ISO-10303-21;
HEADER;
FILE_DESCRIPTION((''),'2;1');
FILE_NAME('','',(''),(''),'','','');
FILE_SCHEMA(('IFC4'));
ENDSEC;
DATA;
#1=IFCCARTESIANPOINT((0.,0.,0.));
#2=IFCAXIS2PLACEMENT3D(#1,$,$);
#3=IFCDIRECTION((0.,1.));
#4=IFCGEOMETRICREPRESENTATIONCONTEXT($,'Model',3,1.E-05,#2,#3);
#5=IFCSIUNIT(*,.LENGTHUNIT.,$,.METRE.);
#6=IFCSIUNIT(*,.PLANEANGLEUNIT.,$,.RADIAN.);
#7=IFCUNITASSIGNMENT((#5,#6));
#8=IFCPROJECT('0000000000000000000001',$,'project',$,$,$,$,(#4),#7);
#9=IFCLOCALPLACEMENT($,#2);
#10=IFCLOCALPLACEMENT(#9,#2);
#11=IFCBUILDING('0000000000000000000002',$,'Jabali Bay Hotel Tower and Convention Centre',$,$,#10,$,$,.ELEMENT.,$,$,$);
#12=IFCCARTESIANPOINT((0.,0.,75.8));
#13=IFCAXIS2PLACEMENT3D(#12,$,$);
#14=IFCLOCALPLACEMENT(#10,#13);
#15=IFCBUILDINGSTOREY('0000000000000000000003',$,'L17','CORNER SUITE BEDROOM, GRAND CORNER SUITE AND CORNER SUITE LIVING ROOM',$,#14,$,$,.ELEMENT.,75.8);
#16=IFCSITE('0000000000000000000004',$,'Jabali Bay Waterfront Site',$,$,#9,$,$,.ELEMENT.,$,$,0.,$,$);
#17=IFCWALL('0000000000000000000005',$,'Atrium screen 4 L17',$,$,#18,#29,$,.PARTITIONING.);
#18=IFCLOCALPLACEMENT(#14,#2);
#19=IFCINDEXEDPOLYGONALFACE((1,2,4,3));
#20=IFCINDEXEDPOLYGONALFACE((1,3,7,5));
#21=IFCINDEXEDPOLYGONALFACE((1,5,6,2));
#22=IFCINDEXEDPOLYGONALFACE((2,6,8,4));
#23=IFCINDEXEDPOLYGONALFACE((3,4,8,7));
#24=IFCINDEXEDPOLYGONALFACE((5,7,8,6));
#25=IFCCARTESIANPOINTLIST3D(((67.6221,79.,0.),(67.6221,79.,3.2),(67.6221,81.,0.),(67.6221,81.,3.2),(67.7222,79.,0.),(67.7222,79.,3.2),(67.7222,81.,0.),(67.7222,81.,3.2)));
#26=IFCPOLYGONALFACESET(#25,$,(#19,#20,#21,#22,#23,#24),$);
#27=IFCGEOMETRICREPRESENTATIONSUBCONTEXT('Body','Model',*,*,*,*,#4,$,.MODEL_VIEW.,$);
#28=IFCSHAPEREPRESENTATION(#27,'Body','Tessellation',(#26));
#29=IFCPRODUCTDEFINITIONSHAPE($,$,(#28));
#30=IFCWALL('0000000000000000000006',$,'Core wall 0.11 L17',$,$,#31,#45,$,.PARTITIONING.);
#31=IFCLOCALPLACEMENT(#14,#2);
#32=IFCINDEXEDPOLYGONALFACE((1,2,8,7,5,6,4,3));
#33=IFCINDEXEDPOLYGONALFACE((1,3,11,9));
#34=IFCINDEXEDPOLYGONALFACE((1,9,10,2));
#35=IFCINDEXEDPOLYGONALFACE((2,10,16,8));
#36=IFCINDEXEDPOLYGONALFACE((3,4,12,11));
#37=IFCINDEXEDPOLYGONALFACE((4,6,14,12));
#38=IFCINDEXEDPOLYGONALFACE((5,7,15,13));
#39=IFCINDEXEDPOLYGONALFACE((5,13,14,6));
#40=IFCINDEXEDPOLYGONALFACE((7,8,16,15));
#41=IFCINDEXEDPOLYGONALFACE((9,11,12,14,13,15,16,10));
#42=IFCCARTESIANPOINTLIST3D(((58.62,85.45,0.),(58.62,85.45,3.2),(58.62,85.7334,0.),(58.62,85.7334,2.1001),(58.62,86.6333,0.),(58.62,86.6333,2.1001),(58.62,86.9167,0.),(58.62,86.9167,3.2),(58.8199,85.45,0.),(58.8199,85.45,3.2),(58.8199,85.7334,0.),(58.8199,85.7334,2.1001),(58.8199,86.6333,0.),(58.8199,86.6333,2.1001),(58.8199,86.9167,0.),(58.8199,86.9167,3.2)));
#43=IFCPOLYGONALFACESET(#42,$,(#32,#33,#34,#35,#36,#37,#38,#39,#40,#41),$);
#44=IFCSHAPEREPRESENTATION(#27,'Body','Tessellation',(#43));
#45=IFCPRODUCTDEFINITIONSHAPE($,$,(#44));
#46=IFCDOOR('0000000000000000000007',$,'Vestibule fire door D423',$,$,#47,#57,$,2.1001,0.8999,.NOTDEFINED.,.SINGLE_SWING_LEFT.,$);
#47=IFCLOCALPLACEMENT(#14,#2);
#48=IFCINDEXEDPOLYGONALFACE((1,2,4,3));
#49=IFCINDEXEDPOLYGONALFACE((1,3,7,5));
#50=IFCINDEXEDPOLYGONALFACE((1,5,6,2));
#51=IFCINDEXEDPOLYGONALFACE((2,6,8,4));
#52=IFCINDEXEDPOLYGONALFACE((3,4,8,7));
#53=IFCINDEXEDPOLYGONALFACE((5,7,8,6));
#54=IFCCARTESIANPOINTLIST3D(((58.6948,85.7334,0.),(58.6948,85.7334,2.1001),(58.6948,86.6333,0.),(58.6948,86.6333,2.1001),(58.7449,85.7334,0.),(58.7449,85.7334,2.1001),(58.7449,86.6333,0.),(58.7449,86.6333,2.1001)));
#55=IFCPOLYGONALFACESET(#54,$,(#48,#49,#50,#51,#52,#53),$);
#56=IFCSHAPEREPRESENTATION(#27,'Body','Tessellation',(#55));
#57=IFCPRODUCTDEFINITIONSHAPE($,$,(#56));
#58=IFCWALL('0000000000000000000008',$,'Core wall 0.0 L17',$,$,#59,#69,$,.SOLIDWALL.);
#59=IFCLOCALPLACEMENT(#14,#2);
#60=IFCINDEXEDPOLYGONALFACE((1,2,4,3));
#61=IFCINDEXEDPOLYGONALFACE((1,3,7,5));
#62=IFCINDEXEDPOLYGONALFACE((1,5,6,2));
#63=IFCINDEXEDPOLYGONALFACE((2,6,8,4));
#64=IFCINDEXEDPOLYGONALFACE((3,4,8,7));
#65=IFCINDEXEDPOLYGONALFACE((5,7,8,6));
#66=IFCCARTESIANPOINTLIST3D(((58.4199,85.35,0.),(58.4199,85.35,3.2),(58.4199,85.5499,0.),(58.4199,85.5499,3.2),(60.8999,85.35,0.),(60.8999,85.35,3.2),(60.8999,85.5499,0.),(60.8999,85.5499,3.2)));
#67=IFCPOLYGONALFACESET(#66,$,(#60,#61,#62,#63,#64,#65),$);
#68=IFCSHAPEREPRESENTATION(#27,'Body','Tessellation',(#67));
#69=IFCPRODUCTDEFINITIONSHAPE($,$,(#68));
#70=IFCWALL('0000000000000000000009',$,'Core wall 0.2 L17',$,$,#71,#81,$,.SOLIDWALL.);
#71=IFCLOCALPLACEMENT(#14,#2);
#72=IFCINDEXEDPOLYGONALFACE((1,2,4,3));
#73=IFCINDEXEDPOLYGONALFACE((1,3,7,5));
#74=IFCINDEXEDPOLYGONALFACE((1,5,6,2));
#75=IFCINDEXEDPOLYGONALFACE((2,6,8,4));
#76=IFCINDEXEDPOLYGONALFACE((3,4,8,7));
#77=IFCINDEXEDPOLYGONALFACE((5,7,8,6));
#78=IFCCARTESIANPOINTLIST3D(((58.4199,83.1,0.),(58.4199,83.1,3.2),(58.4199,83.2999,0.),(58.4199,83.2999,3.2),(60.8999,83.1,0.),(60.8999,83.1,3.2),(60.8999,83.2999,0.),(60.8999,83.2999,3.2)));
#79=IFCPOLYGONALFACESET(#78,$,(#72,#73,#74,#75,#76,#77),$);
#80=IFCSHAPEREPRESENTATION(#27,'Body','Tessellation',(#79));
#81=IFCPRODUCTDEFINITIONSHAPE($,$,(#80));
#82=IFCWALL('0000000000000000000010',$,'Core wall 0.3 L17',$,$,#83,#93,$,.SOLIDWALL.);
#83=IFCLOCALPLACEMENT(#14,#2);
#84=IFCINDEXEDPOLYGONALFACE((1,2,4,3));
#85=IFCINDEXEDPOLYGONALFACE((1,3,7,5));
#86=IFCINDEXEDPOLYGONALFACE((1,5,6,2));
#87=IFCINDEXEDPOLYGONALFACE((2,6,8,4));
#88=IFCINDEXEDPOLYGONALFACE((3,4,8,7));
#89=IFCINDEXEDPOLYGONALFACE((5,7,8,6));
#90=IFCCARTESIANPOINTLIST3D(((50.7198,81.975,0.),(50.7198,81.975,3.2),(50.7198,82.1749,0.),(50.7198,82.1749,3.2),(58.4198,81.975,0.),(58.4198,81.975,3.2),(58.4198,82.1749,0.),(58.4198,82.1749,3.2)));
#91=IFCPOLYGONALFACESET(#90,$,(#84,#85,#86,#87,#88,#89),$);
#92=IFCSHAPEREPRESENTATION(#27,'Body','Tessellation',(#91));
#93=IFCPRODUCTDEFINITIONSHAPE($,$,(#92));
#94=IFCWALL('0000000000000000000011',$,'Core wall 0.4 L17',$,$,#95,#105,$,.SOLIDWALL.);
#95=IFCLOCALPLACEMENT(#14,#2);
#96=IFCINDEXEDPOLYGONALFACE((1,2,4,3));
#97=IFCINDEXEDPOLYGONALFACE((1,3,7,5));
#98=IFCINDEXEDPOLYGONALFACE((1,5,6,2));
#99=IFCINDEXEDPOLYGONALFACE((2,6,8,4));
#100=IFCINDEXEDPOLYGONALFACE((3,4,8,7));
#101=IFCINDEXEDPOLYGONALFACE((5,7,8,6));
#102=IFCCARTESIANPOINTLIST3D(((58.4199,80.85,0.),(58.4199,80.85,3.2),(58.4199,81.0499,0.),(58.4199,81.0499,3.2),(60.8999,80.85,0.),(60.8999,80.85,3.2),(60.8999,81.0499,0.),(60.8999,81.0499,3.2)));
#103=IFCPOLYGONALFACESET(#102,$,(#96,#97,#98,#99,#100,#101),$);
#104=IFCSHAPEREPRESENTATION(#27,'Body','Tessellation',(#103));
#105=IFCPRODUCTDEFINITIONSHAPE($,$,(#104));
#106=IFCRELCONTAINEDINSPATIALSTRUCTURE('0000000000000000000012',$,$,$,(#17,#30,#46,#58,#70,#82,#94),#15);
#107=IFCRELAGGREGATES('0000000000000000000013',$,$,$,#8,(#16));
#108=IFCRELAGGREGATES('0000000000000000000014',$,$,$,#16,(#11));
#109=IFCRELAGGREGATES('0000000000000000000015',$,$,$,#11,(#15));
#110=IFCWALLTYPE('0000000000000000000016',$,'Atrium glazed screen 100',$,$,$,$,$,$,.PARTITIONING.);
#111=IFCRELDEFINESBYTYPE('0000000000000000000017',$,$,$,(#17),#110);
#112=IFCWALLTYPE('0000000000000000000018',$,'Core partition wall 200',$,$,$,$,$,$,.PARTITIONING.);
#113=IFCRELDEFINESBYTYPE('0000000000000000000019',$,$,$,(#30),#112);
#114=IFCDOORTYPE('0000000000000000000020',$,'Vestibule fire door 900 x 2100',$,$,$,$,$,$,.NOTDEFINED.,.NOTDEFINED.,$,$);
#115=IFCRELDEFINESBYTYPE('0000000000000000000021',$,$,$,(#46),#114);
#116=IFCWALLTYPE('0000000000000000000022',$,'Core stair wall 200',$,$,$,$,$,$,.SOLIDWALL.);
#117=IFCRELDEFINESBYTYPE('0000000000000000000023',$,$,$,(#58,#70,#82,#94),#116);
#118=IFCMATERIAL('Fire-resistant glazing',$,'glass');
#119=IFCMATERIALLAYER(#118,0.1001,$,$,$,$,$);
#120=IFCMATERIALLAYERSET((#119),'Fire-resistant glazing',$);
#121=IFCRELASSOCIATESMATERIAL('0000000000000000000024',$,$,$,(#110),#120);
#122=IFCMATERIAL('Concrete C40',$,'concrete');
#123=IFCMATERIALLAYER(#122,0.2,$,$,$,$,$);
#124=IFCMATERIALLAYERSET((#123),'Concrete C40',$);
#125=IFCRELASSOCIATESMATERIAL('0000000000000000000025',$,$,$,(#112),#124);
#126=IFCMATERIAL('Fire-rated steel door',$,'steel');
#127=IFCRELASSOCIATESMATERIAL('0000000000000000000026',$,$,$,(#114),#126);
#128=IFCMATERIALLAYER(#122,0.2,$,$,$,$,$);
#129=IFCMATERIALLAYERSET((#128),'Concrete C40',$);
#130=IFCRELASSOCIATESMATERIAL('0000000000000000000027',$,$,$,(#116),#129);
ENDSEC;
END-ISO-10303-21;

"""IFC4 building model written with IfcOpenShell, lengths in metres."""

from ifc_helpers import new_model, si_unit, direction, frame, frame_2d, origin, place, context, subcontext, project, spatial, rectangle, extrude, material, layer, layer_set, type_object, element, fill, save


model = new_model("IFC4")

# Units and contexts
model_context = context("Model", 3, precision=1e-05, world=origin(), true_north=direction((0.0, 1.0)))
body_context = subcontext(model_context, "Body", "Model", "MODEL_VIEW")
ifc_project = project(units=[si_unit("LENGTHUNIT", "METRE"), si_unit("PLANEANGLEUNIT", "RADIAN")], contexts=[model_context])

# Site, building, storey
site_placement = place(None, origin())
site = spatial("IfcSite", under=ifc_project, at=site_placement, Name="Jabali Bay Waterfront Site", CompositionType="ELEMENT", RefElevation=0.0)
building_placement = place(site_placement, origin())
building = spatial("IfcBuilding", under=site, at=building_placement, Name="Jabali Bay Hotel Tower and Convention Centre", CompositionType="ELEMENT")
storey_placement = place(building_placement, frame((0.0, 0.0, 75.8)))
storey = spatial("IfcBuildingStorey", under=building, at=storey_placement, Name="L17", Description="CORNER SUITE BEDROOM, GRAND CORNER SUITE AND CORNER SUITE LIVING ROOM", CompositionType="ELEMENT", Elevation=75.8)

# Wall
ifc_material_1 = material(Name="Fire-resistant glazing", Category="glass")
ifc_layer_1 = layer(ifc_material_1, 0.1001)
ifc_layer_set_1 = layer_set([ifc_layer_1], Name="Fire-resistant glazing")
wall_type_1 = type_object("IfcWallType", Name="Atrium glazed screen 100", PredefinedType="PARTITIONING", material=ifc_layer_set_1)
wall_1_placement = place(storey_placement, frame((67.6721, 81.0, 0.0), z_axis=(0.0, 0.0, 1.0), x_axis=(0.0, -1.0, 0.0)))
element("IfcWall", 1, at=wall_1_placement, inside=storey, type_object=wall_type_1, Name="Atrium screen 4 L17", PredefinedType="PARTITIONING", context=body_context, shape_type="SweptSolid", body=[
    extrude(rectangle(XDim=2.0, YDim=0.1001, at=frame_2d((1.0, 0.0))), origin(), (0.0, 0.0, 1.0), 3.2),
])

# Wall, opening, door
ifc_material_2 = material(Name="Concrete C40", Category="concrete")
ifc_layer_2 = layer(ifc_material_2, 0.2)
ifc_layer_set_2 = layer_set([ifc_layer_2], Name="Concrete C40")
wall_type_2 = type_object("IfcWallType", Name="Core partition wall 200", PredefinedType="PARTITIONING", material=ifc_layer_set_2)
wall_2_placement = place(storey_placement, frame((58.72, 86.9167, 0.0), z_axis=(0.0, 0.0, 1.0), x_axis=(0.0, -1.0, 0.0)))
wall_2 = element("IfcWall", 2, at=wall_2_placement, inside=storey, type_object=wall_type_2, Name="Core wall 0.11 L17", PredefinedType="PARTITIONING", context=body_context, shape_type="SweptSolid", body=[
    extrude(rectangle(XDim=1.4668, YDim=0.2, at=frame_2d((0.7334, 0.0))), origin(), (0.0, 0.0, 1.0), 3.2),
])
opening_1_placement = place(wall_2_placement, frame((0.2834, 0.0, 0.0)))
opening_1 = element("IfcOpeningElement", 3, at=opening_1_placement, cuts=wall_2, PredefinedType="OPENING", context=body_context, shape_type="SweptSolid", body=[
    extrude(rectangle(XDim=0.8999, YDim=2.1001, at=frame_2d((0.45, 1.05))), frame((0.0, 0.1104, 0.0), z_axis=(0.0, -1.0, 0.0), x_axis=(1.0, 0.0, 0.0)), (0.0, 0.0, 1.0), 0.2209),
])
ifc_material_3 = material(Name="Fire-rated steel door", Category="steel")
door_type_1 = type_object("IfcDoorType", Name="Vestibule fire door 900 x 2100", OperationType="NOTDEFINED", PredefinedType="NOTDEFINED", material=ifc_material_3)
door_1_placement = place(opening_1_placement, origin())
door_1 = element("IfcDoor", 4, at=door_1_placement, inside=storey, type_object=door_type_1, Name="Vestibule fire door D423", OperationType="SINGLE_SWING_LEFT", OverallHeight=2.1001, OverallWidth=0.8999, PredefinedType="NOTDEFINED", context=body_context, shape_type="SweptSolid", body=[
    extrude(rectangle(XDim=0.8999, YDim=2.1001, at=frame_2d((0.45, 1.05))), frame((0.0, 0.0249, 0.0), z_axis=(0.0, -1.0, 0.0), x_axis=(1.0, 0.0, 0.0)), (0.0, 0.0, 1.0), 0.05),
])
fill(opening_1, door_1)

# Walls
ifc_layer_3 = layer(ifc_material_2, 0.2)
ifc_layer_set_3 = layer_set([ifc_layer_3], Name="Concrete C40")
wall_type_3 = type_object("IfcWallType", Name="Core stair wall 200", PredefinedType="SOLIDWALL", material=ifc_layer_set_3)
for number, where, z_axis, x_axis, name in (
    (5, (60.8999, 85.45, 0.0), (0.0, 0.0, 1.0), (-1.0, 0.0, 0.0), "Core wall 0.0 L17"),
    (6, (60.8999, 83.2, 0.0), (0.0, 0.0, 1.0), (-1.0, 0.0, 0.0), "Core wall 0.2 L17"),
):
    element("IfcWall", number, at=place(storey_placement, frame(where, z_axis=z_axis, x_axis=x_axis)), inside=storey, type_object=wall_type_3, Name=name, PredefinedType="SOLIDWALL", context=body_context, shape_type="SweptSolid", body=[
        extrude(rectangle(XDim=2.48, YDim=0.2, at=frame_2d((1.24, 0.0))), origin(), (0.0, 0.0, 1.0), 3.2),
    ])
wall_3_placement = place(storey_placement, frame((58.4199, 82.075, 0.0), z_axis=(0.0, 0.0, 1.0), x_axis=(-1.0, 0.0, 0.0)))
element("IfcWall", 7, at=wall_3_placement, inside=storey, type_object=wall_type_3, Name="Core wall 0.3 L17", PredefinedType="SOLIDWALL", context=body_context, shape_type="SweptSolid", body=[
    extrude(rectangle(XDim=7.7, YDim=0.2, at=frame_2d((3.8501, 0.0))), origin(), (0.0, 0.0, 1.0), 3.2),
])
wall_4_placement = place(storey_placement, frame((60.8999, 80.95, 0.0), z_axis=(0.0, 0.0, 1.0), x_axis=(-1.0, 0.0, 0.0)))
element("IfcWall", 8, at=wall_4_placement, inside=storey, type_object=wall_type_3, Name="Core wall 0.4 L17", PredefinedType="SOLIDWALL", context=body_context, shape_type="SweptSolid", body=[
    extrude(rectangle(XDim=2.48, YDim=0.2, at=frame_2d((1.24, 0.0))), origin(), (0.0, 0.0, 1.0), 3.2),
])

save(model, "model.ifc")
